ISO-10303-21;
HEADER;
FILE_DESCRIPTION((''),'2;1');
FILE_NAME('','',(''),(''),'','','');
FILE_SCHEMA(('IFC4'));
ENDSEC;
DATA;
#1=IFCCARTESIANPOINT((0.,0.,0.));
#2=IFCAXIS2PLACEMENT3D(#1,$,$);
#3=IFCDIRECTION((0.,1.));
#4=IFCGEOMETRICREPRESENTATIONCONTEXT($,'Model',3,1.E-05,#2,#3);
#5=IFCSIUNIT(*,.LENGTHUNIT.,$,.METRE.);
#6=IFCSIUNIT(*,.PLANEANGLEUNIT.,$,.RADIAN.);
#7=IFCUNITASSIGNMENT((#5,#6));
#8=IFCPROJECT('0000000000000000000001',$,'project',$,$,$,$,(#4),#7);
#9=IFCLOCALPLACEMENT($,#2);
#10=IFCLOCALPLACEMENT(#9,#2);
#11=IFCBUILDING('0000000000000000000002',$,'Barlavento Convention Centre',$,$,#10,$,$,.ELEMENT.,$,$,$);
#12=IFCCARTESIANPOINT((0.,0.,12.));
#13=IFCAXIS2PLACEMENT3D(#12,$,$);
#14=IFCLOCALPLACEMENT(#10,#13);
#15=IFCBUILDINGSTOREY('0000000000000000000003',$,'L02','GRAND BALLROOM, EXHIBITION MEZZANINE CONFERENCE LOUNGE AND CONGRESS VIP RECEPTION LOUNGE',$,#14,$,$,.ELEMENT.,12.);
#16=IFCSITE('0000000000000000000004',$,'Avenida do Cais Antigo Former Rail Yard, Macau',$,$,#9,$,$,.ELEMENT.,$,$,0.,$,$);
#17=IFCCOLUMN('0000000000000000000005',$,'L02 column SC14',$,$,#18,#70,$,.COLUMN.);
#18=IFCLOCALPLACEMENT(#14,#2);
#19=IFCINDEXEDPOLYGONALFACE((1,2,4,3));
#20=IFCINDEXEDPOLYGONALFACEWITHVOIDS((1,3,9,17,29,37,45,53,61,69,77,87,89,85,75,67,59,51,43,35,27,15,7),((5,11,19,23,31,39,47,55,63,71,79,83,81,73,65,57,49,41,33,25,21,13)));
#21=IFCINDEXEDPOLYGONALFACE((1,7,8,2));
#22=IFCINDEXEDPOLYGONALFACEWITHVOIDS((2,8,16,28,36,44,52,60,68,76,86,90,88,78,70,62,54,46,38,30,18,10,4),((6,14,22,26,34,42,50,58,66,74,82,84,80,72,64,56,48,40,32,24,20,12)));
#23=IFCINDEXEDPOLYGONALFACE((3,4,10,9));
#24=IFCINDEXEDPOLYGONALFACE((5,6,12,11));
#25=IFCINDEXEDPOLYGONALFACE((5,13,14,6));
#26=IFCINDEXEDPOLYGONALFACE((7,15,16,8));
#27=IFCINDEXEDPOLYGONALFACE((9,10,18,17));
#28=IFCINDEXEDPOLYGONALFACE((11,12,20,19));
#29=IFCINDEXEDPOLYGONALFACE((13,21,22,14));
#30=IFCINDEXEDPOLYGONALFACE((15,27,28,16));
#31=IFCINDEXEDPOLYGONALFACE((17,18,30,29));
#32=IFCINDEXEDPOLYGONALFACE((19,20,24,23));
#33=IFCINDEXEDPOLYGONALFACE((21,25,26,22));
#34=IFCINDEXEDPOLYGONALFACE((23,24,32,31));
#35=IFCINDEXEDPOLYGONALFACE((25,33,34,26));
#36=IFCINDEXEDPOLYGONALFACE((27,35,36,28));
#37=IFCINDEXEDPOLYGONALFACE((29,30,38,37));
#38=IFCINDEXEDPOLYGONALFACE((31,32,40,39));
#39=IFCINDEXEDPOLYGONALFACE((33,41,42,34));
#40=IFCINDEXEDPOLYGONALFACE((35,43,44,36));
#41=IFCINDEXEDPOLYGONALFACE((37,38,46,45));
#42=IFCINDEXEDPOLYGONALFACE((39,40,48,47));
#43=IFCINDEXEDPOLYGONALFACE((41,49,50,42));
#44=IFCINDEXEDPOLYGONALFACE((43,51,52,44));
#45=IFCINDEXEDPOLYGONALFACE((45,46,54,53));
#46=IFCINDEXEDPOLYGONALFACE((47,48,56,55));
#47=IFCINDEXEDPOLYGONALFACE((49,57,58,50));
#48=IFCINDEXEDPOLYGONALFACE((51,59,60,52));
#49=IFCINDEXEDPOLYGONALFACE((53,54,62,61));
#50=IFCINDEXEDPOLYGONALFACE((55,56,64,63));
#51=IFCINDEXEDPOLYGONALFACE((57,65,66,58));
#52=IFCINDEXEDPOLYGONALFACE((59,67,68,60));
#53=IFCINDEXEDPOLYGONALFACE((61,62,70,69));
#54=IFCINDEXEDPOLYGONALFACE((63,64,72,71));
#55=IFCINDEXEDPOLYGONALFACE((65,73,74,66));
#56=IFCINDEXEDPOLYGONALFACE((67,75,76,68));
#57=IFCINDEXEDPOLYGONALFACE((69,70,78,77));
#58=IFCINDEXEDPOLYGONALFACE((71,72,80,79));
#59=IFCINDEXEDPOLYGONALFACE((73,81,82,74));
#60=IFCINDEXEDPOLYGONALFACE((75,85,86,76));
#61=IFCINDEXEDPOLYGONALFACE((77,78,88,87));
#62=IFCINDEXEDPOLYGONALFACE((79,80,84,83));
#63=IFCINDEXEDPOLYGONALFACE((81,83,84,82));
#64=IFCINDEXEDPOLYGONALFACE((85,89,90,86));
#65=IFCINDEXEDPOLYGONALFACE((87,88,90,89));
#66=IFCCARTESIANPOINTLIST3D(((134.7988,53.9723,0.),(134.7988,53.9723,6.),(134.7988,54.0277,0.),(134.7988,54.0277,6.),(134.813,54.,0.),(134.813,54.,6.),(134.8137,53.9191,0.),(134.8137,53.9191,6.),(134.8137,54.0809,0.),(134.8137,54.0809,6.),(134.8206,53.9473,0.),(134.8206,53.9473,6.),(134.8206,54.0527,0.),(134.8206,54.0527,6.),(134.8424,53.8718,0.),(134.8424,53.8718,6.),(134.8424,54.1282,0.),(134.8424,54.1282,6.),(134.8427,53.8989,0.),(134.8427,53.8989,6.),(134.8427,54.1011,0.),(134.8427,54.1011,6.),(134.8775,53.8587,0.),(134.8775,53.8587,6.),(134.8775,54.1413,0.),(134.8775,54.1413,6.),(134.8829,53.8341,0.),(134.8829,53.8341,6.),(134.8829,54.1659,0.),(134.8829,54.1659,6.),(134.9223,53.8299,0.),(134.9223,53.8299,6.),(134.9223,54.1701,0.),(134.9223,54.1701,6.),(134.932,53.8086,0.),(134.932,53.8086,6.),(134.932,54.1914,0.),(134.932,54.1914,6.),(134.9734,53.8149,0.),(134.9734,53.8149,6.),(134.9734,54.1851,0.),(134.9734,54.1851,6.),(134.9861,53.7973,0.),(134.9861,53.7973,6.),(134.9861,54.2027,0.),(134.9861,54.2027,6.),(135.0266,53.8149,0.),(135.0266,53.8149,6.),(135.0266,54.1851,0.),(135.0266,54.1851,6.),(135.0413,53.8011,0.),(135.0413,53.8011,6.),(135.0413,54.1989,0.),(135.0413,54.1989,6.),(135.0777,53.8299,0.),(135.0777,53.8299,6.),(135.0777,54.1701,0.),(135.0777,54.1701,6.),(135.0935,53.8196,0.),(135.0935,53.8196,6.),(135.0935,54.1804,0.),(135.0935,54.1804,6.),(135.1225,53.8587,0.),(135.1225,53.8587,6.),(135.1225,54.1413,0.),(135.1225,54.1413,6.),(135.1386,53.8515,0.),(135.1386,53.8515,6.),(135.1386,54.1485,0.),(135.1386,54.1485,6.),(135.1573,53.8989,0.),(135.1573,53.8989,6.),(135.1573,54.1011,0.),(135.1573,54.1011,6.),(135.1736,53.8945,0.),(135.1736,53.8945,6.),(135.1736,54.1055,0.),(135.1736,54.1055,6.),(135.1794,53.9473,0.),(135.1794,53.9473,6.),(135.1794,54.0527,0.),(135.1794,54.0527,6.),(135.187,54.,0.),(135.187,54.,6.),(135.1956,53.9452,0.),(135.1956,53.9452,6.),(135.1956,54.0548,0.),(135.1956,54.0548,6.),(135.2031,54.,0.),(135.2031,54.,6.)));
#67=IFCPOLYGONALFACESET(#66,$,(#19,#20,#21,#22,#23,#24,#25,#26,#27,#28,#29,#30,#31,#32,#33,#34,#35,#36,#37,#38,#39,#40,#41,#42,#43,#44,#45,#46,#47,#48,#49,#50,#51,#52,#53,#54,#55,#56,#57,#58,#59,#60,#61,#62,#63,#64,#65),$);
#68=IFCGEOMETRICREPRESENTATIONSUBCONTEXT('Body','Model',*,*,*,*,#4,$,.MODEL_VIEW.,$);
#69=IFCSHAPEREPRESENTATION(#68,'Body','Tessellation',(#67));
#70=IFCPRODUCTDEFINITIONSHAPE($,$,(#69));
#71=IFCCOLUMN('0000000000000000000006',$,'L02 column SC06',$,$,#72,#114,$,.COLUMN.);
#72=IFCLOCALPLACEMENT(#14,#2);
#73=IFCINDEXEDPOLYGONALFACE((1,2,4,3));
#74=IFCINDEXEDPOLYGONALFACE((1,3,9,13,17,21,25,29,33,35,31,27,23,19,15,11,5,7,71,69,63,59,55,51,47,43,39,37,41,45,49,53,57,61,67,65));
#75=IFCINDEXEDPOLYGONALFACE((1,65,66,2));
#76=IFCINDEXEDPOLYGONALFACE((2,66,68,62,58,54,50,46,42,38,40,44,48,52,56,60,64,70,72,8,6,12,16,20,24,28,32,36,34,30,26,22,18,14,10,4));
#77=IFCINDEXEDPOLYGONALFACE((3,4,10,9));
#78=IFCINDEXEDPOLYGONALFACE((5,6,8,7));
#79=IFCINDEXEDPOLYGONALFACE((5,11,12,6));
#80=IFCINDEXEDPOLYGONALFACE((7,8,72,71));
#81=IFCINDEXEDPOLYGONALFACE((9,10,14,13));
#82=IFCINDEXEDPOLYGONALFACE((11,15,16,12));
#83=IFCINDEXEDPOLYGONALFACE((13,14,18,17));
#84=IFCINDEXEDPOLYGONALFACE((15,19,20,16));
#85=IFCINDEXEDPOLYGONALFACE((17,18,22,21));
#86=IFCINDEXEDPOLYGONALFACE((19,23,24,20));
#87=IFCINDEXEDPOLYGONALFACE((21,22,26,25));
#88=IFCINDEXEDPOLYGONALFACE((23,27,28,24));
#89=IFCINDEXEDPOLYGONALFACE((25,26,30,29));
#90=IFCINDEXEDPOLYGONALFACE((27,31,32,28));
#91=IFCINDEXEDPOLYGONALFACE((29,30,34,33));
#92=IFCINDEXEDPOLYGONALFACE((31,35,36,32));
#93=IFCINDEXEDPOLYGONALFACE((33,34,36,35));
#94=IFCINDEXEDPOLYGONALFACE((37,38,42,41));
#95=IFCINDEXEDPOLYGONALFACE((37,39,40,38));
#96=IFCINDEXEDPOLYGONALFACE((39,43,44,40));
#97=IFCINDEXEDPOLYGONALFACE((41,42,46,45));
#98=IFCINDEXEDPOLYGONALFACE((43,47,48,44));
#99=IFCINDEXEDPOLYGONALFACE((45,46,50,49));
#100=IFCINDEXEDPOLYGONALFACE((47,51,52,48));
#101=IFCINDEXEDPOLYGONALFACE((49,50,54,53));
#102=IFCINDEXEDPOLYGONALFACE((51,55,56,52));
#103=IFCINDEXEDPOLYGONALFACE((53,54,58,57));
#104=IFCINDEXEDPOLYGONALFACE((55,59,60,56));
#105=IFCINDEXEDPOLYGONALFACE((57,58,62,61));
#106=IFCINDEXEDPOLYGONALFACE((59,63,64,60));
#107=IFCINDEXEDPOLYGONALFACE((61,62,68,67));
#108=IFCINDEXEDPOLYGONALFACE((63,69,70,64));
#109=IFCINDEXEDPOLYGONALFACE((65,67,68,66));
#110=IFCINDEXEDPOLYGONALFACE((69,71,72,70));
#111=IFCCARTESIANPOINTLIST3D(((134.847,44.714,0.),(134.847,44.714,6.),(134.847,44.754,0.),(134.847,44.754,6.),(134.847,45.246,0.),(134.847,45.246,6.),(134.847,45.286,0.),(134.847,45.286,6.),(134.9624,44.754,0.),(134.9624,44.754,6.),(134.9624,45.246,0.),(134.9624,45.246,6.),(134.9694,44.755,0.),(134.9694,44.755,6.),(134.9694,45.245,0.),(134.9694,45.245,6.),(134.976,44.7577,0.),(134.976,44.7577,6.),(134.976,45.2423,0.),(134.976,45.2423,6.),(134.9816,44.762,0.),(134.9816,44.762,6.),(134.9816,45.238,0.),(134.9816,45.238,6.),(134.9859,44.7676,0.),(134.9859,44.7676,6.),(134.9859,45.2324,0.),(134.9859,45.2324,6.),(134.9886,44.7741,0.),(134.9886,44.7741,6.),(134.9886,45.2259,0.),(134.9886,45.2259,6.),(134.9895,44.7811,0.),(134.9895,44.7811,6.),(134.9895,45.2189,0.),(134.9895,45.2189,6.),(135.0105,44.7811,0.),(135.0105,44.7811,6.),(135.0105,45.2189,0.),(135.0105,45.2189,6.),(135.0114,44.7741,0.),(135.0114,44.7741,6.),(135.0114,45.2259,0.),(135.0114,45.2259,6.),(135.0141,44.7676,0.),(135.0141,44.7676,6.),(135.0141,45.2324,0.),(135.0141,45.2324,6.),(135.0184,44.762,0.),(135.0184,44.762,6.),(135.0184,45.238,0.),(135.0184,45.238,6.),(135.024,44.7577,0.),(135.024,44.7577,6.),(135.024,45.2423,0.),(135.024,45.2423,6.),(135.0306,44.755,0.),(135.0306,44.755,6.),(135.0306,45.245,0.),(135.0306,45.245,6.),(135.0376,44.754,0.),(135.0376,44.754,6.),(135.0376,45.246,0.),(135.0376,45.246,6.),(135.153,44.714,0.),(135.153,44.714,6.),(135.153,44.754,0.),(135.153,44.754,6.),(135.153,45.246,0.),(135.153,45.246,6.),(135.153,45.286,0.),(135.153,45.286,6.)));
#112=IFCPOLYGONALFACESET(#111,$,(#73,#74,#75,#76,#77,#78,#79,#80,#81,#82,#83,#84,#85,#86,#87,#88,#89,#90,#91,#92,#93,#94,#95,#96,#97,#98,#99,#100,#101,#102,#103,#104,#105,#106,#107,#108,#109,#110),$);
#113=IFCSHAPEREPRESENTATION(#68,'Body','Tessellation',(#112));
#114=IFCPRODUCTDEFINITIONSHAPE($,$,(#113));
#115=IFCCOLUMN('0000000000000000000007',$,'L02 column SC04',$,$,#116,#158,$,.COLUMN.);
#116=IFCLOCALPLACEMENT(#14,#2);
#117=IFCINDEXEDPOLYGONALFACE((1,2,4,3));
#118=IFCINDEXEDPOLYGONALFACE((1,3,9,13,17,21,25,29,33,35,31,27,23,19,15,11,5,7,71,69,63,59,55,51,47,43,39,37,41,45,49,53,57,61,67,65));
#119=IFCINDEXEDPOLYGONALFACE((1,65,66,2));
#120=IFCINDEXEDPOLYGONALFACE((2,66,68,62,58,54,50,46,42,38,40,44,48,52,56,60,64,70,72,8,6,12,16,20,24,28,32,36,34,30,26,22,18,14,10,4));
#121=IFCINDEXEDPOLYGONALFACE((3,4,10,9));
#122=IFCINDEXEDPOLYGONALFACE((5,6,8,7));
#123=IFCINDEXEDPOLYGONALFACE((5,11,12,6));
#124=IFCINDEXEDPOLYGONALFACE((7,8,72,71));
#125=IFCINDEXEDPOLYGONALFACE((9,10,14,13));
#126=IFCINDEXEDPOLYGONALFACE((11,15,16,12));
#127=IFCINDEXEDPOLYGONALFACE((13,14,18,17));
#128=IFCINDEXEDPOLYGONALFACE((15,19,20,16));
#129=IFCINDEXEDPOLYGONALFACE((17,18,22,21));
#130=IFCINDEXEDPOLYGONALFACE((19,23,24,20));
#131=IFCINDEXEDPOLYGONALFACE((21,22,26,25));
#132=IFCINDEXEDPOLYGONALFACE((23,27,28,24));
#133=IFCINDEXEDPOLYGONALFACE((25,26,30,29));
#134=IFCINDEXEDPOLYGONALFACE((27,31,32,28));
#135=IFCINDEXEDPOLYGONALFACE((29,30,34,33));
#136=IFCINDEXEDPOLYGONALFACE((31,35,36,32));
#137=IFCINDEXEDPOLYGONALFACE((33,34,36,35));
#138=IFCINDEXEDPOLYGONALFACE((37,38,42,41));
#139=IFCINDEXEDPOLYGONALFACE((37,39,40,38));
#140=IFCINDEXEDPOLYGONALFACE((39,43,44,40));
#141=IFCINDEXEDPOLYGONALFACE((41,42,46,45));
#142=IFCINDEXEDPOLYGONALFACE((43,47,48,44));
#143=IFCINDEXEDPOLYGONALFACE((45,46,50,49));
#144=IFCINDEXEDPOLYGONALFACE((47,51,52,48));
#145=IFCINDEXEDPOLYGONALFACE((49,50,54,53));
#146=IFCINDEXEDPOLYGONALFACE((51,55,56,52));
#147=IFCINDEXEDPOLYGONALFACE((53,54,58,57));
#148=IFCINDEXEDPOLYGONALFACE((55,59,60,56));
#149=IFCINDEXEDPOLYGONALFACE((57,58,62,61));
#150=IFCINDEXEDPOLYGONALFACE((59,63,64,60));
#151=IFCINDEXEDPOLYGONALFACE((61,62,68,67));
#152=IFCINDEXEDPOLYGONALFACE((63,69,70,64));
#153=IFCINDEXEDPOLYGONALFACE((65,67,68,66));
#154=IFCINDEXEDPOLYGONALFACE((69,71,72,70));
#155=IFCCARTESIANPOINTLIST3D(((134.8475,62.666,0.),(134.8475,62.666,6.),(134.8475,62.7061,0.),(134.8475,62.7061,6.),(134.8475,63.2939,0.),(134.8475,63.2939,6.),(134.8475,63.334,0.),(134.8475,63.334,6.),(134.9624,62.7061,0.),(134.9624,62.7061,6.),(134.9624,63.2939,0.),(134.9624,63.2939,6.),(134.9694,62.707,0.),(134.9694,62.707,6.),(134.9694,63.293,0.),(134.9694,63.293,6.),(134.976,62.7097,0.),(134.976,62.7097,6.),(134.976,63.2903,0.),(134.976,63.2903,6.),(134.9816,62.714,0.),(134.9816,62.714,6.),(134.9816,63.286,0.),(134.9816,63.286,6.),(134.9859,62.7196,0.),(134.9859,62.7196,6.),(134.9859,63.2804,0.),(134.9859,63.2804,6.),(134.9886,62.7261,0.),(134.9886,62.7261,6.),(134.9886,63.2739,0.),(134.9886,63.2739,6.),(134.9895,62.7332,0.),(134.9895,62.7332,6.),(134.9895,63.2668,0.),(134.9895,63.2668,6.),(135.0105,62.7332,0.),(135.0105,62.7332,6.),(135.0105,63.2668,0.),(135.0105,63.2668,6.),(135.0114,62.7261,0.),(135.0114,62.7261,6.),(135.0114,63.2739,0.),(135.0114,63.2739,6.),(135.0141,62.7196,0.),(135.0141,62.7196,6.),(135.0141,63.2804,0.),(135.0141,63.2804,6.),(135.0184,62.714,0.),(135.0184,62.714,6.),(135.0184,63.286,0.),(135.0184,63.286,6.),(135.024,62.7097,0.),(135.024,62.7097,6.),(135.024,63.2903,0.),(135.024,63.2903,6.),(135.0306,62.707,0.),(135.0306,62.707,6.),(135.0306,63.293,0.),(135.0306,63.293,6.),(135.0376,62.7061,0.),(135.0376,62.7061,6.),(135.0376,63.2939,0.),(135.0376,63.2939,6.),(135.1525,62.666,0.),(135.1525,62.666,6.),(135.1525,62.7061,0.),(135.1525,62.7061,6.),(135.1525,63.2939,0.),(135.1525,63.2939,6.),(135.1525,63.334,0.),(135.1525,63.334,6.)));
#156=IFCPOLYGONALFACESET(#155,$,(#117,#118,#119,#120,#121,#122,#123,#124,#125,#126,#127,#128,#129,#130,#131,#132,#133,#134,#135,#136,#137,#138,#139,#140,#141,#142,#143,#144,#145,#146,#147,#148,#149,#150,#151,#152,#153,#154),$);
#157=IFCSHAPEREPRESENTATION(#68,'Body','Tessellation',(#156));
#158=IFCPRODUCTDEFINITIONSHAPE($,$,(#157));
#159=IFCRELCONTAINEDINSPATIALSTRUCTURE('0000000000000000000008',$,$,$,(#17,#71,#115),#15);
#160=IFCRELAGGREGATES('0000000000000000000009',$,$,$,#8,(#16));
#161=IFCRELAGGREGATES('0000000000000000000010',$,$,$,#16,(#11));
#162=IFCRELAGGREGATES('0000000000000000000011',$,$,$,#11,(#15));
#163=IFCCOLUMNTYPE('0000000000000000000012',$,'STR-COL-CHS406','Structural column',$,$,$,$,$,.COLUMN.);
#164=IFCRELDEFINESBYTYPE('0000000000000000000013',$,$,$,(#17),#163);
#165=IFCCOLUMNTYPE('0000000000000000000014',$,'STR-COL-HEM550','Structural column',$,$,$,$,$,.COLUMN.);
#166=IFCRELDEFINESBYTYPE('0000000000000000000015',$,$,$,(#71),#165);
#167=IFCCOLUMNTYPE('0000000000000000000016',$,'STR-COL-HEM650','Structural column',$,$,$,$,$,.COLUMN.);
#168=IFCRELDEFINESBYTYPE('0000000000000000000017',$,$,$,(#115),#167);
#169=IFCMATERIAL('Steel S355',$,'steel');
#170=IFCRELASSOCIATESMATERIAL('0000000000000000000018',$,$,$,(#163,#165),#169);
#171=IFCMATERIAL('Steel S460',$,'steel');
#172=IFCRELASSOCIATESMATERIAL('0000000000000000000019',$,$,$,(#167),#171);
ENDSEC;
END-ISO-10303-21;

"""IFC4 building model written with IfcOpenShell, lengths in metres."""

from ifc_helpers import new_model, si_unit, direction, frame, origin, origin_2d, place, context, subcontext, project, spatial, hollow_circle, i_section, extrude, material, material_profile, profile_set, type_object, element, save


model = new_model("IFC4")

# Units and contexts
model_context = context("Model", 3, precision=1e-05, world=origin(), true_north=direction((0.0, 1.0)))
body_context = subcontext(model_context, "Body", "Model", "MODEL_VIEW")
ifc_project = project(units=[si_unit("LENGTHUNIT", "METRE"), si_unit("PLANEANGLEUNIT", "RADIAN")], contexts=[model_context])

# Site, building, storey
site_placement = place(None, origin())
site = spatial("IfcSite", under=ifc_project, at=site_placement, Name="Avenida do Cais Antigo Former Rail Yard, Macau", CompositionType="ELEMENT", RefElevation=0.0)
building_placement = place(site_placement, origin())
building = spatial("IfcBuilding", under=site, at=building_placement, Name="Barlavento Convention Centre", CompositionType="ELEMENT")
storey_placement = place(building_placement, frame((0.0, 0.0, 12.0)))
storey = spatial("IfcBuildingStorey", under=building, at=storey_placement, Name="L02", Description="GRAND BALLROOM, EXHIBITION MEZZANINE CONFERENCE LOUNGE AND CONGRESS VIP RECEPTION LOUNGE", CompositionType="ELEMENT", Elevation=12.0)

# Columns
ifc_material_1 = material(Name="Steel S355", Category="steel")
ifc_material_profile_1 = material_profile(ifc_material_1, hollow_circle(Radius=0.2031, WallThickness=0.0161, at=origin_2d()), Name="CHS 406.4x16.0")
ifc_profile_set_1 = profile_set([ifc_material_profile_1], Name="Steel S355")
column_type_1 = type_object("IfcColumnType", Name="STR-COL-CHS406", Description="Structural column", PredefinedType="COLUMN", material=ifc_profile_set_1)
column_1_placement = place(storey_placement, frame((135.0, 54.0, 0.0), z_axis=(0.0, 0.0, 1.0), x_axis=(1.0, 0.0, 0.0)))
element("IfcColumn", 1, at=column_1_placement, inside=storey, type_object=column_type_1, Name="L02 column SC14", PredefinedType="COLUMN", context=body_context, shape_type="SweptSolid", body=[
    extrude(hollow_circle(Radius=0.2031, WallThickness=0.0161, at=origin_2d()), origin(), (0.0, 0.0, 1.0), 6.0),
])
ifc_material_profile_2 = material_profile(ifc_material_1, i_section(OverallWidth=0.3059, OverallDepth=0.572, WebThickness=0.021, FlangeThickness=0.04, FilletRadius=0.0271, at=origin_2d()), Name="HEM 550")
ifc_profile_set_2 = profile_set([ifc_material_profile_2], Name="Steel S355")
column_type_2 = type_object("IfcColumnType", Name="STR-COL-HEM550", Description="Structural column", PredefinedType="COLUMN", material=ifc_profile_set_2)
column_2_placement = place(storey_placement, frame((135.0, 45.0, 0.0), z_axis=(0.0, 0.0, 1.0), x_axis=(1.0, 0.0, 0.0)))
element("IfcColumn", 2, at=column_2_placement, inside=storey, type_object=column_type_2, Name="L02 column SC06", PredefinedType="COLUMN", context=body_context, shape_type="SweptSolid", body=[
    extrude(i_section(OverallWidth=0.3059, OverallDepth=0.572, WebThickness=0.021, FlangeThickness=0.04, FilletRadius=0.0271, at=origin_2d()), origin(), (0.0, 0.0, 1.0), 6.0),
])
ifc_material_2 = material(Name="Steel S460", Category="steel")
ifc_material_profile_3 = material_profile(ifc_material_2, i_section(OverallWidth=0.3049, OverallDepth=0.668, WebThickness=0.021, FlangeThickness=0.04, FilletRadius=0.0271, at=origin_2d()), Name="HEM 650")
ifc_profile_set_3 = profile_set([ifc_material_profile_3], Name="Steel S460")
column_type_3 = type_object("IfcColumnType", Name="STR-COL-HEM650", Description="Structural column", PredefinedType="COLUMN", material=ifc_profile_set_3)
column_3_placement = place(storey_placement, frame((135.0, 63.0, 0.0), z_axis=(0.0, 0.0, 1.0), x_axis=(1.0, 0.0, 0.0)))
element("IfcColumn", 3, at=column_3_placement, inside=storey, type_object=column_type_3, Name="L02 column SC04", PredefinedType="COLUMN", context=body_context, shape_type="SweptSolid", body=[
    extrude(i_section(OverallWidth=0.3049, OverallDepth=0.668, WebThickness=0.021, FlangeThickness=0.04, FilletRadius=0.0271, at=origin_2d()), origin(), (0.0, 0.0, 1.0), 6.0),
])

save(model, "model.ifc")
